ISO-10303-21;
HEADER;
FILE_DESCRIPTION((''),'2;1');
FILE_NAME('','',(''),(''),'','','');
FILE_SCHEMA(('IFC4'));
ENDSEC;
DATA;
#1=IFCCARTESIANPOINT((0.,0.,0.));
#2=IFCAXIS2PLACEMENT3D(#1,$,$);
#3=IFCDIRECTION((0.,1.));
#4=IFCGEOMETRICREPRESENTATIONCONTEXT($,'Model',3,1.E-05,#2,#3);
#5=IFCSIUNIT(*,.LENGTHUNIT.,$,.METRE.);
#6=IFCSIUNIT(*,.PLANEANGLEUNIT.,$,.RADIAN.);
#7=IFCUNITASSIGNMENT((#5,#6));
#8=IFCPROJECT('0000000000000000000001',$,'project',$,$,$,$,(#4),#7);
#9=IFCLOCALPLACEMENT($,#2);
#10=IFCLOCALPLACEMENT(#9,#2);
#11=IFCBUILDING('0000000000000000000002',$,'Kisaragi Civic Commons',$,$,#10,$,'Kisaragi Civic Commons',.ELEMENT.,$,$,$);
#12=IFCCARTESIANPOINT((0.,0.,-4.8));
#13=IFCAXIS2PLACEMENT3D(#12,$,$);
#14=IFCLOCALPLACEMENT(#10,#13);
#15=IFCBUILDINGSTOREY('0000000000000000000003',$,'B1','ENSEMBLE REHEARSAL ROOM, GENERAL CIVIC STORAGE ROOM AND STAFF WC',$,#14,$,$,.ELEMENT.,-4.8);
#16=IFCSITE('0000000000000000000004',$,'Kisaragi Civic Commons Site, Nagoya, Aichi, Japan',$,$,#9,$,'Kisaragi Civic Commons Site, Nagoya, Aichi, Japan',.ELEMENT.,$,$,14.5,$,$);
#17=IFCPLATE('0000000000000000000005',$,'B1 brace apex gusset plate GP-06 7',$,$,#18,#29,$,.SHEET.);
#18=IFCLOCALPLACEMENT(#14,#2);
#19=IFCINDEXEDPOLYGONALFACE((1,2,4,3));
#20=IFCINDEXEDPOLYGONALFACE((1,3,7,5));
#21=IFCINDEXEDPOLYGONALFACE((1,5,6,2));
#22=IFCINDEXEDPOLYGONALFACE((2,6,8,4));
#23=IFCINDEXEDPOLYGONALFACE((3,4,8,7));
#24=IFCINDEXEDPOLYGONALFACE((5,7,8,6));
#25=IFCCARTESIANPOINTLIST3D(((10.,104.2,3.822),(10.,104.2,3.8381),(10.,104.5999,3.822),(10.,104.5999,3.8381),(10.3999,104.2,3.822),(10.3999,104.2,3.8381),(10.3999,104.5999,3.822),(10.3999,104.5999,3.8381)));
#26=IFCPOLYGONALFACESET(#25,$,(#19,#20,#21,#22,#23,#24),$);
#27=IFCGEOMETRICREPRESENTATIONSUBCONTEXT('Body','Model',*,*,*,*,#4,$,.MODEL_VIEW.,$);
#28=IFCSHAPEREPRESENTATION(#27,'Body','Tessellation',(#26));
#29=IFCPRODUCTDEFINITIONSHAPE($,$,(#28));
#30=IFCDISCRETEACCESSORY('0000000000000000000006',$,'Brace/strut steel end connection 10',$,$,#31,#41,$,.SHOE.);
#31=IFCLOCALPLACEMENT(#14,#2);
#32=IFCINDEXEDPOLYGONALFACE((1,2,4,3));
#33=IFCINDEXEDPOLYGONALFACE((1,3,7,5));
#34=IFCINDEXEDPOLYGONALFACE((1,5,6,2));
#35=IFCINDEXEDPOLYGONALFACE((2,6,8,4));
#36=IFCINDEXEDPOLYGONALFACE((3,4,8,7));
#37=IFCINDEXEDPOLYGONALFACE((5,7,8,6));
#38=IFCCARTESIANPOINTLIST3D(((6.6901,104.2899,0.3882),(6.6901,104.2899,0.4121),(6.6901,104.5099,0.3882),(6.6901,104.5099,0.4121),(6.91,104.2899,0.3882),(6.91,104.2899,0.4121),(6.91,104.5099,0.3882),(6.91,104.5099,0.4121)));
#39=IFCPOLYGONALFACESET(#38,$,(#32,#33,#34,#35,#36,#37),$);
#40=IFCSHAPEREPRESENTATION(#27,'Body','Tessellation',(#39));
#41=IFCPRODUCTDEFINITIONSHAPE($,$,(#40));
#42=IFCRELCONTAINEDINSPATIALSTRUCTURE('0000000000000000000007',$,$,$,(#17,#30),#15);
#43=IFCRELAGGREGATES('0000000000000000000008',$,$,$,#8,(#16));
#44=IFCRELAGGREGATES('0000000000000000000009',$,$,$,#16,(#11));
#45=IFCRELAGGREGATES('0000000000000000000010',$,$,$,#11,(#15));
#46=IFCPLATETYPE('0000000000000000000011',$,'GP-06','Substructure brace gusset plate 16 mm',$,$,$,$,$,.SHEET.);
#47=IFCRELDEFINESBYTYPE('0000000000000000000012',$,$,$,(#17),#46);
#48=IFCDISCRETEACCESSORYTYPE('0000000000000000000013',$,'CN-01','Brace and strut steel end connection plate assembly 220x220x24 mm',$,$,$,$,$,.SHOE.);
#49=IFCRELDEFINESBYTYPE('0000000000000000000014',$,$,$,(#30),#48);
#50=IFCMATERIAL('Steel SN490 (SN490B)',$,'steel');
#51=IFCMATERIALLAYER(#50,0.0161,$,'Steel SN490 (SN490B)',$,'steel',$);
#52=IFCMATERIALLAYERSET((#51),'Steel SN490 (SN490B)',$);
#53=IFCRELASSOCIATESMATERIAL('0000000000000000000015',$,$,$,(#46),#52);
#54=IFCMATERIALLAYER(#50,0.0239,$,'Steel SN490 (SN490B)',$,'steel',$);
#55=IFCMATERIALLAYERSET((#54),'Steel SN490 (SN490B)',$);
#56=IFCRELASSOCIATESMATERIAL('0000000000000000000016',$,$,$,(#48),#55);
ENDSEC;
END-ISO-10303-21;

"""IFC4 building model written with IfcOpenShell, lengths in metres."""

from ifc_helpers import new_model, si_unit, direction, frame, origin, origin_2d, place, context, subcontext, project, spatial, rectangle, extrude, material, layer, layer_set, type_object, element, save


model = new_model("IFC4")

# Units and contexts
model_context = context("Model", 3, precision=1e-05, world=origin(), true_north=direction((0.0, 1.0)))
body_context = subcontext(model_context, "Body", "Model", "MODEL_VIEW")
ifc_project = project(units=[si_unit("LENGTHUNIT", "METRE"), si_unit("PLANEANGLEUNIT", "RADIAN")], contexts=[model_context])

# Site, building, storey
site_placement = place(None, origin())
site = spatial("IfcSite", under=ifc_project, at=site_placement, Name="Kisaragi Civic Commons Site, Nagoya, Aichi, Japan", LongName="Kisaragi Civic Commons Site, Nagoya, Aichi, Japan", CompositionType="ELEMENT", RefElevation=14.5)
building_placement = place(site_placement, origin())
building = spatial("IfcBuilding", under=site, at=building_placement, Name="Kisaragi Civic Commons", LongName="Kisaragi Civic Commons", CompositionType="ELEMENT")
storey_placement = place(building_placement, frame((0.0, 0.0, -4.8)))
storey = spatial("IfcBuildingStorey", under=building, at=storey_placement, Name="B1", Description="ENSEMBLE REHEARSAL ROOM, GENERAL CIVIC STORAGE ROOM AND STAFF WC", CompositionType="ELEMENT", Elevation=-4.8)

# Plate
ifc_material_1 = material(Name="Steel SN490 (SN490B)", Category="steel")
ifc_layer_1 = layer(ifc_material_1, 0.0161, Name="Steel SN490 (SN490B)", Category="steel")
ifc_layer_set_1 = layer_set([ifc_layer_1], Name="Steel SN490 (SN490B)")
plate_type = type_object("IfcPlateType", Name="GP-06", Description="Substructure brace gusset plate 16 mm", PredefinedType="SHEET", material=ifc_layer_set_1)
plate_placement = place(storey_placement, frame((10.2, 104.3999, 3.822), z_axis=(0.0, 0.0, 1.0), x_axis=(1.0, 0.0, 0.0)))
element("IfcPlate", 1, at=plate_placement, inside=storey, type_object=plate_type, Name="B1 brace apex gusset plate GP-06 7", PredefinedType="SHEET", context=body_context, shape_type="SweptSolid", body=[
    extrude(rectangle(XDim=0.3999, YDim=0.3999, at=origin_2d()), origin(), (0.0, 0.0, 1.0), 0.0161),
])

# Discrete accessory
ifc_layer_2 = layer(ifc_material_1, 0.0239, Name="Steel SN490 (SN490B)", Category="steel")
ifc_layer_set_2 = layer_set([ifc_layer_2], Name="Steel SN490 (SN490B)")
discrete_accessory_type = type_object("IfcDiscreteAccessoryType", Name="CN-01", Description="Brace and strut steel end connection plate assembly 220x220x24 mm", PredefinedType="SHOE", material=ifc_layer_set_2)
discrete_accessory_placement = place(storey_placement, frame((6.8, 104.3999, 0.3882), z_axis=(0.0, 0.0, 1.0), x_axis=(1.0, 0.0, 0.0)))
element("IfcDiscreteAccessory", 2, at=discrete_accessory_placement, inside=storey, type_object=discrete_accessory_type, Name="Brace/strut steel end connection 10", PredefinedType="SHOE", context=body_context, shape_type="SweptSolid", body=[
    extrude(rectangle(XDim=0.22, YDim=0.22, at=origin_2d()), origin(), (0.0, 0.0, 1.0), 0.0239),
])

save(model, "model.ifc")
